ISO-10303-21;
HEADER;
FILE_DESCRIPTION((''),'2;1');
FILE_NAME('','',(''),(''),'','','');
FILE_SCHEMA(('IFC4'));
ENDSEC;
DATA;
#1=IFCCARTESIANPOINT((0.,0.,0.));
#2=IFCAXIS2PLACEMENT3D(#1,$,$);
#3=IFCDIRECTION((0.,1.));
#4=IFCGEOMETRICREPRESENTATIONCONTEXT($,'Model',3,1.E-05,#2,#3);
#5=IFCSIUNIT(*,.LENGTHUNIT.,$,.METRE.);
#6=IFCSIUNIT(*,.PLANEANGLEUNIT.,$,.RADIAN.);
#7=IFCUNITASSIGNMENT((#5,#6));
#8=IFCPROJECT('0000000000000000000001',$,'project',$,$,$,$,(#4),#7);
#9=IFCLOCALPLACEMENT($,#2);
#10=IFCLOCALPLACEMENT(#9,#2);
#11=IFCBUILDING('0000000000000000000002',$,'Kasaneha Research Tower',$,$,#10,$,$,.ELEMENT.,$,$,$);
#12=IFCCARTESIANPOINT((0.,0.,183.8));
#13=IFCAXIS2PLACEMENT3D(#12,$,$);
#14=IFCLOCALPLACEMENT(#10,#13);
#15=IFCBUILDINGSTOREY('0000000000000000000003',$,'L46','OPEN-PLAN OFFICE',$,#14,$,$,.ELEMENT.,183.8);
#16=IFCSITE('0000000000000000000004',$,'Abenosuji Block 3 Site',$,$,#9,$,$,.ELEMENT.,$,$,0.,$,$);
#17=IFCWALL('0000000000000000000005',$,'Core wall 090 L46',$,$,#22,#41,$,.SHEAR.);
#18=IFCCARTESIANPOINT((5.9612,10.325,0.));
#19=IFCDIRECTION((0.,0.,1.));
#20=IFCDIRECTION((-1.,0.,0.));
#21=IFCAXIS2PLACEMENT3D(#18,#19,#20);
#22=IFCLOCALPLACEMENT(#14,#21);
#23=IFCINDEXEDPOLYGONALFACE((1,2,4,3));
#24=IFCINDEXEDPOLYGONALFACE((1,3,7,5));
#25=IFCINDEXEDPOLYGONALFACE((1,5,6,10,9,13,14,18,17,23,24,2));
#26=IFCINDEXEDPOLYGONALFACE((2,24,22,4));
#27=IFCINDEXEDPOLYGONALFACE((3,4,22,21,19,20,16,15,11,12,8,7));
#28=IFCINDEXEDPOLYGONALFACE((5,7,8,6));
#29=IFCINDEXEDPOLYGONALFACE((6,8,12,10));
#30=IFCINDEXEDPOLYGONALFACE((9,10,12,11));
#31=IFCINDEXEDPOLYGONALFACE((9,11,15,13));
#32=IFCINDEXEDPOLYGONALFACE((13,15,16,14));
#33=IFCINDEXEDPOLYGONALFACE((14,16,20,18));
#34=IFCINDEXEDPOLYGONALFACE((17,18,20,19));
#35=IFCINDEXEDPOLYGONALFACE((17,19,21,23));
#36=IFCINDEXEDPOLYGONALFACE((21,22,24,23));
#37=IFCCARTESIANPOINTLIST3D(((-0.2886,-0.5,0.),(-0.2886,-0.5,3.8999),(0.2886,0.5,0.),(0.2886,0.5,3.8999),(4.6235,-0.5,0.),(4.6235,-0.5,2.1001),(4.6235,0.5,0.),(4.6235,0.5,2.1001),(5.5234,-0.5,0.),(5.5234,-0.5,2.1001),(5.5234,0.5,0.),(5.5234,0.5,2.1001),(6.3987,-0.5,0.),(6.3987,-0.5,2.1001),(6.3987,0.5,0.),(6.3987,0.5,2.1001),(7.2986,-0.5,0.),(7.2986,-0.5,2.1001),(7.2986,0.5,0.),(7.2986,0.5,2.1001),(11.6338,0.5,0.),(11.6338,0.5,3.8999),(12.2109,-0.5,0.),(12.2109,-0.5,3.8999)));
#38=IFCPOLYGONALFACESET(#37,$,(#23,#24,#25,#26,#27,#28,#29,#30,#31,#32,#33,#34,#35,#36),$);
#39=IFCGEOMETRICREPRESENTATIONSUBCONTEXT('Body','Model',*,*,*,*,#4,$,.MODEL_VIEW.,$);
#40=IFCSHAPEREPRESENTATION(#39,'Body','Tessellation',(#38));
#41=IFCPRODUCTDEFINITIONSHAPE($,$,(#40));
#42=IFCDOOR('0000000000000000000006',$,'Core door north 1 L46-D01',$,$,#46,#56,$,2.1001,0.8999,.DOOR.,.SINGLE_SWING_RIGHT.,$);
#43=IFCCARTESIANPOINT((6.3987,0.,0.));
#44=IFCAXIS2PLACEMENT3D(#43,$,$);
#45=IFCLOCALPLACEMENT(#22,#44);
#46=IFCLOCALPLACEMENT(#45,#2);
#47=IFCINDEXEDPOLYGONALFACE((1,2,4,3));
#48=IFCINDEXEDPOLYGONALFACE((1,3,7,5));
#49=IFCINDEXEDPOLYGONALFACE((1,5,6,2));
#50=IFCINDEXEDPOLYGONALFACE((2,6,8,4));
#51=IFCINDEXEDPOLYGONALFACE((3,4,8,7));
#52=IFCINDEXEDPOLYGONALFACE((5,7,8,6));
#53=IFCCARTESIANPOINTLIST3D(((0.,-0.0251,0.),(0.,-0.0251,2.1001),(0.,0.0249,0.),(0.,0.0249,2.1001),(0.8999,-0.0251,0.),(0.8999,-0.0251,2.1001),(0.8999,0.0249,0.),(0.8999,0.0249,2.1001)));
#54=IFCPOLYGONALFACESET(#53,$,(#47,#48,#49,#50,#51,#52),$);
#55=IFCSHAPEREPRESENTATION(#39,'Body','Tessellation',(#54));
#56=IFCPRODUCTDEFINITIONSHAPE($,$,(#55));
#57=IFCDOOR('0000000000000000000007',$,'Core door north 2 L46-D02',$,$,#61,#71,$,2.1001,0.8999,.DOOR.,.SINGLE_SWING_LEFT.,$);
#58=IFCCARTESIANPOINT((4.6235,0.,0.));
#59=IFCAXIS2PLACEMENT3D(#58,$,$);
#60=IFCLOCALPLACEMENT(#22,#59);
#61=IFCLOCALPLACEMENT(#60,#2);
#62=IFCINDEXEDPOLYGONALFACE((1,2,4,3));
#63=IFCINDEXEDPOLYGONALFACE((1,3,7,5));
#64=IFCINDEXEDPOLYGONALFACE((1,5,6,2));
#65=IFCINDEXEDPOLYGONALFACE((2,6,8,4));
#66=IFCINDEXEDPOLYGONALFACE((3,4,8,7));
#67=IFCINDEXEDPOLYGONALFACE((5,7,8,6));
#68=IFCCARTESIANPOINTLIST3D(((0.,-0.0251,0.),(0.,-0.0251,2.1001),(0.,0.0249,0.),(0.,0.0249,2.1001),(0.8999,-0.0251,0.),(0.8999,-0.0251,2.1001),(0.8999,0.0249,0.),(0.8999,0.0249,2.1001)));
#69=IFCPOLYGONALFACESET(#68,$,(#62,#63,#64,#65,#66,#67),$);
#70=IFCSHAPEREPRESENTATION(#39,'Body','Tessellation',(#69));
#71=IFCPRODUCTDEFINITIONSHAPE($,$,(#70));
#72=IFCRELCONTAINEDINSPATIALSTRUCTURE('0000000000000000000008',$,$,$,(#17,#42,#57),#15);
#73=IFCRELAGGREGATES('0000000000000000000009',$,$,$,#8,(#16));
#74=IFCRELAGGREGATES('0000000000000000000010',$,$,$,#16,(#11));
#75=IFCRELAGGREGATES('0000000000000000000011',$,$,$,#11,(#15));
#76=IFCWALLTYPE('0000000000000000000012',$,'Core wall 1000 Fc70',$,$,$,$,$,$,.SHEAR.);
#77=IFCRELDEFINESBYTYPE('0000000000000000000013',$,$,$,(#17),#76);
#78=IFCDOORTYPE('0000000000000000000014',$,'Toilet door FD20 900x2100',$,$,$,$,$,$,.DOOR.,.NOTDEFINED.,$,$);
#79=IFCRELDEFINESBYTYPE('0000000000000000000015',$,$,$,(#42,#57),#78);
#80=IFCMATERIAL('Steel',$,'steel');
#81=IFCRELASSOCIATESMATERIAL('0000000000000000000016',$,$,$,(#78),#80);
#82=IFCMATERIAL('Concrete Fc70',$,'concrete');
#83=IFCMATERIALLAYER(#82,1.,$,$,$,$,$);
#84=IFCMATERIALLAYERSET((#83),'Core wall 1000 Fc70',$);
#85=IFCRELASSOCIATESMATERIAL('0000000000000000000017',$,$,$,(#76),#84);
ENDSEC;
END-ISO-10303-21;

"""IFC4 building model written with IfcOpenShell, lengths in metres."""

from ifc_helpers import new_model, si_unit, direction, frame, frame_2d, origin, place, context, subcontext, project, spatial, polyline, rectangle, outline, extrude, material, layer, layer_set, type_object, element, fill, save


model = new_model("IFC4")

# Units and contexts
model_context = context("Model", 3, precision=1e-05, world=origin(), true_north=direction((0.0, 1.0)))
body_context = subcontext(model_context, "Body", "Model", "MODEL_VIEW")
ifc_project = project(units=[si_unit("LENGTHUNIT", "METRE"), si_unit("PLANEANGLEUNIT", "RADIAN")], contexts=[model_context])

# Site, building, storey
site_placement = place(None, origin())
site = spatial("IfcSite", under=ifc_project, at=site_placement, Name="Abenosuji Block 3 Site", CompositionType="ELEMENT", RefElevation=0.0)
building_placement = place(site_placement, origin())
building = spatial("IfcBuilding", under=site, at=building_placement, Name="Kasaneha Research Tower", CompositionType="ELEMENT")
storey_placement = place(building_placement, frame((0.0, 0.0, 183.8)))
storey = spatial("IfcBuildingStorey", under=building, at=storey_placement, Name="L46", Description="OPEN-PLAN OFFICE", CompositionType="ELEMENT", Elevation=183.8)

# Shared definitions
ifc_material_1 = material(Name="Steel", Category="steel")
door_type_1 = type_object("IfcDoorType", Name="Toilet door FD20 900x2100", OperationType="NOTDEFINED", PredefinedType="DOOR", material=ifc_material_1)

# Wall, openings, doors
ifc_material_2 = material(Name="Concrete Fc70", Category="concrete")
ifc_layer_1 = layer(ifc_material_2, 1.0)
ifc_layer_set_1 = layer_set([ifc_layer_1], Name="Core wall 1000 Fc70")
wall_type_1 = type_object("IfcWallType", Name="Core wall 1000 Fc70", PredefinedType="SHEAR", material=ifc_layer_set_1)
wall_1_placement = place(storey_placement, frame((5.9612, 10.325, 0.0), z_axis=(0.0, 0.0, 1.0), x_axis=(-1.0, 0.0, 0.0)))
wall_1 = element("IfcWall", 1, at=wall_1_placement, inside=storey, type_object=wall_type_1, Name="Core wall 090 L46", PredefinedType="SHEAR", context=body_context, shape_type="SweptSolid", body=[
    extrude(outline(polyline([(-0.2886, -0.5), (4.6235, -0.5), (5.5234, -0.5), (6.3987, -0.5), (7.2986, -0.5), (12.2109, -0.5), (11.6338, 0.5), (7.2986, 0.5), (6.3987, 0.5), (5.5234, 0.5), (4.6235, 0.5), (0.2886, 0.5), (-0.2886, -0.5)])), origin(), (0.0, 0.0, 1.0), 3.8999),
])
opening_1_placement = place(wall_1_placement, frame((6.3987, 0.0, 0.0)))
opening_1 = element("IfcOpeningElement", 2, at=opening_1_placement, cuts=wall_1, PredefinedType="OPENING", context=body_context, shape_type="SweptSolid", body=[
    extrude(rectangle(XDim=0.8999, YDim=2.1001, at=frame_2d((0.45, 1.05))), frame((0.0, 0.51, 0.0), z_axis=(0.0, -1.0, 0.0), x_axis=(1.0, 0.0, 0.0)), (0.0, 0.0, 1.0), 1.02),
])
opening_2_placement = place(wall_1_placement, frame((4.6235, 0.0, 0.0)))
opening_2 = element("IfcOpeningElement", 3, at=opening_2_placement, cuts=wall_1, PredefinedType="OPENING", context=body_context, shape_type="SweptSolid", body=[
    extrude(rectangle(XDim=0.8999, YDim=2.1001, at=frame_2d((0.45, 1.05))), frame((0.0, 0.51, 0.0), z_axis=(0.0, -1.0, 0.0), x_axis=(1.0, 0.0, 0.0)), (0.0, 0.0, 1.0), 1.02),
])
door_1_placement = place(opening_1_placement, origin())
door_1 = element("IfcDoor", 4, at=door_1_placement, inside=storey, type_object=door_type_1, Name="Core door north 1 L46-D01", OperationType="SINGLE_SWING_RIGHT", OverallHeight=2.1001, OverallWidth=0.8999, PredefinedType="DOOR", context=body_context, shape_type="SweptSolid", body=[
    extrude(rectangle(XDim=0.8999, YDim=2.1001, at=frame_2d((0.45, 1.05))), frame((0.0, 0.0249, 0.0), z_axis=(0.0, -1.0, 0.0), x_axis=(1.0, 0.0, 0.0)), (0.0, 0.0, 1.0), 0.05),
])
fill(opening_1, door_1)
door_2_placement = place(opening_2_placement, origin())
door_2 = element("IfcDoor", 5, at=door_2_placement, inside=storey, type_object=door_type_1, Name="Core door north 2 L46-D02", OperationType="SINGLE_SWING_LEFT", OverallHeight=2.1001, OverallWidth=0.8999, PredefinedType="DOOR", context=body_context, shape_type="SweptSolid", body=[
    extrude(rectangle(XDim=0.8999, YDim=2.1001, at=frame_2d((0.45, 1.05))), frame((0.0, 0.0249, 0.0), z_axis=(0.0, -1.0, 0.0), x_axis=(1.0, 0.0, 0.0)), (0.0, 0.0, 1.0), 0.05),
])
fill(opening_2, door_2)

save(model, "model.ifc")
